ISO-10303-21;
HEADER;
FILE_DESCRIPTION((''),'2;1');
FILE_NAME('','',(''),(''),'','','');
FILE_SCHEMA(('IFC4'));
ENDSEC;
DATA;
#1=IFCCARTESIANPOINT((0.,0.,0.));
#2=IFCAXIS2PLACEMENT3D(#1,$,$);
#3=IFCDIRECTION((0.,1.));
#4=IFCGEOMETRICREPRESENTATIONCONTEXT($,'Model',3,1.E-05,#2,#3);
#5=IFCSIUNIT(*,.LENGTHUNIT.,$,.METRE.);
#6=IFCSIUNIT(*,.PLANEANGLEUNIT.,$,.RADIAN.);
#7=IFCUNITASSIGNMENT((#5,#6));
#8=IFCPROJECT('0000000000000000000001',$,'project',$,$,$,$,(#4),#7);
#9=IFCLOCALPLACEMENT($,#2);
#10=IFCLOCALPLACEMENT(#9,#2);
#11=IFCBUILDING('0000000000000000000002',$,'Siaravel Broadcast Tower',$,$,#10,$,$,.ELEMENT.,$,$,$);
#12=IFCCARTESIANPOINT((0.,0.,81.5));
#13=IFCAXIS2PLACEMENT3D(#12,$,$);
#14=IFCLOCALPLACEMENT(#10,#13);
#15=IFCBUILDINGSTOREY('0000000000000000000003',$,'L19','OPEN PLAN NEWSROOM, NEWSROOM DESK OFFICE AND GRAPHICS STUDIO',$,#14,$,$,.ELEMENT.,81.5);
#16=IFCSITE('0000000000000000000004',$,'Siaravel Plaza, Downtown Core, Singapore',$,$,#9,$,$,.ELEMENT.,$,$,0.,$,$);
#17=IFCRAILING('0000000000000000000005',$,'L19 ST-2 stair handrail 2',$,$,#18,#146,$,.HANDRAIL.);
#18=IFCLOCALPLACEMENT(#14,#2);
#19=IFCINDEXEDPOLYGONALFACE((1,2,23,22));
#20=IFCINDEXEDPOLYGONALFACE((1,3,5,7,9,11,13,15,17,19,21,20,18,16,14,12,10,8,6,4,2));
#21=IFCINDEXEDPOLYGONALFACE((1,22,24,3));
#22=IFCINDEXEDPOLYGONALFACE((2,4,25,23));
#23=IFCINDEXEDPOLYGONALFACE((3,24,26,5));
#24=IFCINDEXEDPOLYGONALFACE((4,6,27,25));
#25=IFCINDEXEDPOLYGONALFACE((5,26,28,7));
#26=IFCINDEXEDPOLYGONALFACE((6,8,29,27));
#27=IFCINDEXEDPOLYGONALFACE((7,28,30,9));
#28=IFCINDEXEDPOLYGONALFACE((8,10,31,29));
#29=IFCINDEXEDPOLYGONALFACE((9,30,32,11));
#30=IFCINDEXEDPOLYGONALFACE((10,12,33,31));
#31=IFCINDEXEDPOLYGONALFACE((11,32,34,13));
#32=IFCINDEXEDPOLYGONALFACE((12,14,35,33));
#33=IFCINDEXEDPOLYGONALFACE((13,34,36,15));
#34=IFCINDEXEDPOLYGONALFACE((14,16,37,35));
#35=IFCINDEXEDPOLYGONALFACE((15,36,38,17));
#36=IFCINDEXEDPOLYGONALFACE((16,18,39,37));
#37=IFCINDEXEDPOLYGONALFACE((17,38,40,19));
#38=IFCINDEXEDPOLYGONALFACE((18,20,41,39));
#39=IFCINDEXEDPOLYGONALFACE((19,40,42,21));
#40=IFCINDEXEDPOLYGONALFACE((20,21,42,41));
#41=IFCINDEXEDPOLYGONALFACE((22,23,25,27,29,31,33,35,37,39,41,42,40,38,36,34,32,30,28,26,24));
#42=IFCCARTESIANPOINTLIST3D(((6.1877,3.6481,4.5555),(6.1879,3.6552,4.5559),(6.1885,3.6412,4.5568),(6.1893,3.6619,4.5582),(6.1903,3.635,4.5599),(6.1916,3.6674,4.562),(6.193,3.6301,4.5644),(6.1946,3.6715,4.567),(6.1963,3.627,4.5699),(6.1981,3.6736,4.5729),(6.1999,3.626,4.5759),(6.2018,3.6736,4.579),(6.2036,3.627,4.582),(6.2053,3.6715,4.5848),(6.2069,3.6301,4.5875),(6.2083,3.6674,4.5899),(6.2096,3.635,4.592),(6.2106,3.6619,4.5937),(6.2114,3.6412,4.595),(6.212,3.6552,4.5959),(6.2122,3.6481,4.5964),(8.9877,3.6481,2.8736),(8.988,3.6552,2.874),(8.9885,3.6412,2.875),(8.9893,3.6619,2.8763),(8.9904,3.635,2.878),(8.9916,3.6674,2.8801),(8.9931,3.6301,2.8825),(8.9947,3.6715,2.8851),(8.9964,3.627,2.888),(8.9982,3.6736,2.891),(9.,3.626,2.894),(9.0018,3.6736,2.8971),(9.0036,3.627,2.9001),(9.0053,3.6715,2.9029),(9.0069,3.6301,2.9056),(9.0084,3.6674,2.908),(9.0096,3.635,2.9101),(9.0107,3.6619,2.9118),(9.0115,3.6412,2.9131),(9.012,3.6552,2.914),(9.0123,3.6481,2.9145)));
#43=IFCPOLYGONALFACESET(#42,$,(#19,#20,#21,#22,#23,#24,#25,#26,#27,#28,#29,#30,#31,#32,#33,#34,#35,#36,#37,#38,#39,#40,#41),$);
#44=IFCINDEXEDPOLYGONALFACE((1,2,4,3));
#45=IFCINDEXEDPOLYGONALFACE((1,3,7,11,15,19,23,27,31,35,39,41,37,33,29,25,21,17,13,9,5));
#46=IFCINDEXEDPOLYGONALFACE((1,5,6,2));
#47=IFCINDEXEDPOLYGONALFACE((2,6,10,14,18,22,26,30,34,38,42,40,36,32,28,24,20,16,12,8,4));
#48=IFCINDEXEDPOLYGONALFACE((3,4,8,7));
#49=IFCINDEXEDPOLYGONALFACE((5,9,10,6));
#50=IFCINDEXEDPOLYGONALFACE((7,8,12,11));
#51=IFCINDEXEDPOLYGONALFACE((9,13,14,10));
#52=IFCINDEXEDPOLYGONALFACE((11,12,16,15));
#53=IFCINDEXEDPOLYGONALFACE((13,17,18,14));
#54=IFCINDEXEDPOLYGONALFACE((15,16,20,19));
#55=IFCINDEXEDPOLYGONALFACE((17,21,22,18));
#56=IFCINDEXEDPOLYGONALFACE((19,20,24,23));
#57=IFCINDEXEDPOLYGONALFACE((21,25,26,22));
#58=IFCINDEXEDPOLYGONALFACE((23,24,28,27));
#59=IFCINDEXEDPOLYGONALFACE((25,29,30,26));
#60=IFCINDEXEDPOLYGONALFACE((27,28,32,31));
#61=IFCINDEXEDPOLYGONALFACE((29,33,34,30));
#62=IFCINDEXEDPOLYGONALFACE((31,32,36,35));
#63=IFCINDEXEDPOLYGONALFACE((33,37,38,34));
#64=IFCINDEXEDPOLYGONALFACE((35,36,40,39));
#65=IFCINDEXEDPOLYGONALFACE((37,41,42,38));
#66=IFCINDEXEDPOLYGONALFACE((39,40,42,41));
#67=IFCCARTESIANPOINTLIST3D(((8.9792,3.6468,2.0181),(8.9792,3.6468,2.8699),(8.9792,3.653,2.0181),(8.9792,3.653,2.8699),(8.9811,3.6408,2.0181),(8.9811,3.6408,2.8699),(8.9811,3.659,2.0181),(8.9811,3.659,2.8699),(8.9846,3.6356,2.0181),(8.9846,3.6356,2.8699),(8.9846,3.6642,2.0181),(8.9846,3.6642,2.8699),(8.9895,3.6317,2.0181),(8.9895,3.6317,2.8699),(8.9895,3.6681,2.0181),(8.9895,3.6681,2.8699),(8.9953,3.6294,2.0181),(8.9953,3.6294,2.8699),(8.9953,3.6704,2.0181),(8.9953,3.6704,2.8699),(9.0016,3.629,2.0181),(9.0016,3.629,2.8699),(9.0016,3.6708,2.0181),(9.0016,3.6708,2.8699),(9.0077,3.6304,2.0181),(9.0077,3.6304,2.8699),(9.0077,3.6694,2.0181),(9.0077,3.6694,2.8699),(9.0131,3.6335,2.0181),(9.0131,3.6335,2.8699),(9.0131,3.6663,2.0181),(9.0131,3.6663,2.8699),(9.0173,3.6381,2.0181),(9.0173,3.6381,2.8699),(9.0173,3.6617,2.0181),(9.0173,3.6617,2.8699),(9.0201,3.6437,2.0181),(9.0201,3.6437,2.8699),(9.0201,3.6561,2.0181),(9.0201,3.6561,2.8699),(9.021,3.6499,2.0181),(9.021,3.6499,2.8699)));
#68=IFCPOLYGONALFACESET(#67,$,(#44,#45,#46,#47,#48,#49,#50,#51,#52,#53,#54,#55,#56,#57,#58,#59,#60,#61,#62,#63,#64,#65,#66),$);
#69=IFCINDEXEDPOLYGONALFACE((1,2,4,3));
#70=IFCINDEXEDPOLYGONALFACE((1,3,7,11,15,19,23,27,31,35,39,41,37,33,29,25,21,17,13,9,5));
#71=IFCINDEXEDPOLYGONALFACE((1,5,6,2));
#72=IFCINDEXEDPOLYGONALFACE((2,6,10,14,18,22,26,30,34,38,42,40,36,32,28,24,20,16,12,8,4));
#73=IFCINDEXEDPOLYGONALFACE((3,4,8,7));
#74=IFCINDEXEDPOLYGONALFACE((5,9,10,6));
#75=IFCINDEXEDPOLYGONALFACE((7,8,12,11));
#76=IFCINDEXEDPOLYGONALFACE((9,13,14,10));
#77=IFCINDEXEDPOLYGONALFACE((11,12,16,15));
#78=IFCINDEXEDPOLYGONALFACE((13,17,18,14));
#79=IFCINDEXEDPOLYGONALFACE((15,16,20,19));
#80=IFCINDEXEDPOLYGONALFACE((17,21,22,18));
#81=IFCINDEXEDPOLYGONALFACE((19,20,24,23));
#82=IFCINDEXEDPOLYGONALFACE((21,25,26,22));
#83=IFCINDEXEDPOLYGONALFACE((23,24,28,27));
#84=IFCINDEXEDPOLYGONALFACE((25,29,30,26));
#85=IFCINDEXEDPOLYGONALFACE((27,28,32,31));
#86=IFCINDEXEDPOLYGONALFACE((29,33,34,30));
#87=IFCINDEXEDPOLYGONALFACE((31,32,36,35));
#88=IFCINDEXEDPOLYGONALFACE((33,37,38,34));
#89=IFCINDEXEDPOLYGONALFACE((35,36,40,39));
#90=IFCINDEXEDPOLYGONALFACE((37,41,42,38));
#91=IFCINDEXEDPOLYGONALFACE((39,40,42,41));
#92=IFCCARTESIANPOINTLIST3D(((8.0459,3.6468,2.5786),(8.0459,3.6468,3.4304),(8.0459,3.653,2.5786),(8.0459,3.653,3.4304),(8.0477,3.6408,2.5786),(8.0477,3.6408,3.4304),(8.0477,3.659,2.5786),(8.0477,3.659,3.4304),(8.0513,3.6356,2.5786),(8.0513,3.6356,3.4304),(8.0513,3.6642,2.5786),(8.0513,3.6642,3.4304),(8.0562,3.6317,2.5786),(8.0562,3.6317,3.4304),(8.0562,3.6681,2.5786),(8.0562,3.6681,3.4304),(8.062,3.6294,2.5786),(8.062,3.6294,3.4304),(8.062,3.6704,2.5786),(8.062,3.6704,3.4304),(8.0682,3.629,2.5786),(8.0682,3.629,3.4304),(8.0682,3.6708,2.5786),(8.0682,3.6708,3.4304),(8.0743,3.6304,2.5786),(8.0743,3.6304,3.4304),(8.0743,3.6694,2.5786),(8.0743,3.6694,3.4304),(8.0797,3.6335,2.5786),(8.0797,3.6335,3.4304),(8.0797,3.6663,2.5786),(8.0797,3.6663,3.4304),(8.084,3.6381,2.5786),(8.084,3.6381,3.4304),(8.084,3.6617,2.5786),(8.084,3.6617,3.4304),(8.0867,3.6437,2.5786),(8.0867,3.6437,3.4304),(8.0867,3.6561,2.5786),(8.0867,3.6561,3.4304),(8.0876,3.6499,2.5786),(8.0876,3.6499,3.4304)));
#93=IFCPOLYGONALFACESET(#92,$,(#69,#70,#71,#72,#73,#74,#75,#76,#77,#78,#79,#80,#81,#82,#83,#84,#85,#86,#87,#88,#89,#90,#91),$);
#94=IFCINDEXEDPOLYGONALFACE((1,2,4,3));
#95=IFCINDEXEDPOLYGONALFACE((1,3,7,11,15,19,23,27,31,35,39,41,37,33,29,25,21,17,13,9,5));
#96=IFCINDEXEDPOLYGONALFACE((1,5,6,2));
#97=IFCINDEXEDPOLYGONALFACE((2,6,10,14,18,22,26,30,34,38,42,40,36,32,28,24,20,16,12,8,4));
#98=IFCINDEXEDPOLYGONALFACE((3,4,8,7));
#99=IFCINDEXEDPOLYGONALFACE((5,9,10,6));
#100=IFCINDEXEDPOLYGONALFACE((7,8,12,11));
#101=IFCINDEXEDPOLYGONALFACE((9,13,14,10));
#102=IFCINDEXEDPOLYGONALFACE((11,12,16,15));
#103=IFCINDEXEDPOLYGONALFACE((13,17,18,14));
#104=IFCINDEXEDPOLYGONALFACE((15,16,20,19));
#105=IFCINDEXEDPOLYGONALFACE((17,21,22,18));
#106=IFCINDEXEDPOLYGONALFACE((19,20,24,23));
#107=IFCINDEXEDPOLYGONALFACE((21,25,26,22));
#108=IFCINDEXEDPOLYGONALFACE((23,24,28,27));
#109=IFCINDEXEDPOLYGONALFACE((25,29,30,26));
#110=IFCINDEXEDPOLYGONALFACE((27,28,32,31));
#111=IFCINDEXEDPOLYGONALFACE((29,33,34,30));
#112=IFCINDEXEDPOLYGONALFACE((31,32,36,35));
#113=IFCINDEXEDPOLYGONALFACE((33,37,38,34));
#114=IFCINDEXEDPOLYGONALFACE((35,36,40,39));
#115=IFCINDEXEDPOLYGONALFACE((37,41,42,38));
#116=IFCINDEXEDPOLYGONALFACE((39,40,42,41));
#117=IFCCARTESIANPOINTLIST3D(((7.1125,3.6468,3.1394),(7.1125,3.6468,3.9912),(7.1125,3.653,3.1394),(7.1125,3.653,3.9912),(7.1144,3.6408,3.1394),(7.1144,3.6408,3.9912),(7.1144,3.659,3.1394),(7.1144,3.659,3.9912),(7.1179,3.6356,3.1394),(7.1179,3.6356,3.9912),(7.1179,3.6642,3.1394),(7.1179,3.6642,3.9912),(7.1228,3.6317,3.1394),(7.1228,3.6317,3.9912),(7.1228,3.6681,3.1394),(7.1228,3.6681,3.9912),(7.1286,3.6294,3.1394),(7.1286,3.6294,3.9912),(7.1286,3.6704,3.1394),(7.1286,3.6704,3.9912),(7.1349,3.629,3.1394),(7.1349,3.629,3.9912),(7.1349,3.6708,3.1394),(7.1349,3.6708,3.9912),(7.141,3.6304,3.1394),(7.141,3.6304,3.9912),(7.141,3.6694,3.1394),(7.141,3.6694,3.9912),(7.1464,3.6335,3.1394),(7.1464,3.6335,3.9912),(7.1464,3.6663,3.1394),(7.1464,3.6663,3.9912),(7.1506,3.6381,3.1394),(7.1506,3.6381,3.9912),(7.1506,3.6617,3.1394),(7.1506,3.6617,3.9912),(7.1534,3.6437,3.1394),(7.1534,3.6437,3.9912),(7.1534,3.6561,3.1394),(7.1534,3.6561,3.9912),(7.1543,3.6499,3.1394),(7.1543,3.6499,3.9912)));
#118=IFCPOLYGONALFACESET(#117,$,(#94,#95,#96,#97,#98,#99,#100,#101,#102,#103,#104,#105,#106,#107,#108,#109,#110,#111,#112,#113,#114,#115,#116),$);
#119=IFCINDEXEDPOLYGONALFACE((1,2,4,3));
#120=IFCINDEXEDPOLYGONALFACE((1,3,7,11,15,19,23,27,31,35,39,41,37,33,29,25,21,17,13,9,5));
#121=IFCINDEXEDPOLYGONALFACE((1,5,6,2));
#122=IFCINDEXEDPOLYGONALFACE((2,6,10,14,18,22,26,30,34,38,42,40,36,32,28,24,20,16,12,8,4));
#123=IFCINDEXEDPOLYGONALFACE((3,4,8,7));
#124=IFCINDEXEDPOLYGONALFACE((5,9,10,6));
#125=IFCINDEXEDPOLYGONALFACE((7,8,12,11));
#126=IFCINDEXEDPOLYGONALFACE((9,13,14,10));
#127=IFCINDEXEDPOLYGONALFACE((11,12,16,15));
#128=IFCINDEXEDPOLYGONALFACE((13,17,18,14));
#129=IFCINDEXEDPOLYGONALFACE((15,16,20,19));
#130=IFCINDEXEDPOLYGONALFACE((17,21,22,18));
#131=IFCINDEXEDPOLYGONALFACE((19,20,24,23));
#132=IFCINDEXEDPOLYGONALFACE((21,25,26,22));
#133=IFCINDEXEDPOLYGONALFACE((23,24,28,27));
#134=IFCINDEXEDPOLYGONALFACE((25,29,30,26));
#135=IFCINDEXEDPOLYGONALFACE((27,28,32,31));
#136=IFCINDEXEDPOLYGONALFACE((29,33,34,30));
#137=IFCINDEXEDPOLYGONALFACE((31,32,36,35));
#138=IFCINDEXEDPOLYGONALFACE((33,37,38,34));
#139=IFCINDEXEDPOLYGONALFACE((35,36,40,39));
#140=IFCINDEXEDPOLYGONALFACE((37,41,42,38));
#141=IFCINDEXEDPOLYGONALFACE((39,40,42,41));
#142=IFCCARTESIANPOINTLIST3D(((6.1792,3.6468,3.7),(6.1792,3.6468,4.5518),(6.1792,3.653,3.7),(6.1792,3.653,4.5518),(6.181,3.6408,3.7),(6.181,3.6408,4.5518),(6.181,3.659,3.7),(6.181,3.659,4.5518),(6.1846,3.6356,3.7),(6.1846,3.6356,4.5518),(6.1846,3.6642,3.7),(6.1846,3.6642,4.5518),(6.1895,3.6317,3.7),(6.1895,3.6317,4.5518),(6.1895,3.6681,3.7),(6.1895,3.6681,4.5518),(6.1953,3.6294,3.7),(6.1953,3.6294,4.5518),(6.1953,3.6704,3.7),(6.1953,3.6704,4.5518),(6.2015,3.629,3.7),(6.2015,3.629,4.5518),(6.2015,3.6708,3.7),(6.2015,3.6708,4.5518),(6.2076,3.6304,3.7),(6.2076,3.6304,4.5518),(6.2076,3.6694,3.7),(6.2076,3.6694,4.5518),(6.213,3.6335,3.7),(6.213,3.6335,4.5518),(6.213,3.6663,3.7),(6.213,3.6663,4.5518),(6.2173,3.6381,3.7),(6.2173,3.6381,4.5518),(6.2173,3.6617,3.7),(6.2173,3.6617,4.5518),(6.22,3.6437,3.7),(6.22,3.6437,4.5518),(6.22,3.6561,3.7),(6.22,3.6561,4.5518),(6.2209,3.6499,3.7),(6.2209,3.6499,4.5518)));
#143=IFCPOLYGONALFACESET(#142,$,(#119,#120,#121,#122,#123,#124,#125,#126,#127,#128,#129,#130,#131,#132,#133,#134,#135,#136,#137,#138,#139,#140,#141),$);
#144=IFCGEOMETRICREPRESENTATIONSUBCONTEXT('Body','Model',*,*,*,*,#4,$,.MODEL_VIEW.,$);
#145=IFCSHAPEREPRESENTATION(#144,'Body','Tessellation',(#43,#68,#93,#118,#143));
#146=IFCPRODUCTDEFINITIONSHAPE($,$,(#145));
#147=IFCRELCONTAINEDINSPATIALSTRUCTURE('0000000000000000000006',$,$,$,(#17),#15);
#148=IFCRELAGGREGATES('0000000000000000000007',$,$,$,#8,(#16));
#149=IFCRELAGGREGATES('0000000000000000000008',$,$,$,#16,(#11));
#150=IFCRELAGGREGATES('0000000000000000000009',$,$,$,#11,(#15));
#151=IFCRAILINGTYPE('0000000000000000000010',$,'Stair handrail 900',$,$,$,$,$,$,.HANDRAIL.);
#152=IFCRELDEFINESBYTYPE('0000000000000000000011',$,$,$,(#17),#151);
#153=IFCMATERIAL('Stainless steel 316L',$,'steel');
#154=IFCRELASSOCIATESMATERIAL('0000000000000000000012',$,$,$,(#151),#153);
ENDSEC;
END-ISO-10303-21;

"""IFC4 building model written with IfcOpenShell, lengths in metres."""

from ifc_helpers import new_model, si_unit, direction, frame, origin, origin_2d, place, context, subcontext, project, spatial, circle, extrude, material, type_object, element, save


model = new_model("IFC4")

# Units and contexts
model_context = context("Model", 3, precision=1e-05, world=origin(), true_north=direction((0.0, 1.0)))
body_context = subcontext(model_context, "Body", "Model", "MODEL_VIEW")
ifc_project = project(units=[si_unit("LENGTHUNIT", "METRE"), si_unit("PLANEANGLEUNIT", "RADIAN")], contexts=[model_context])

# Site, building, storey
site_placement = place(None, origin())
site = spatial("IfcSite", under=ifc_project, at=site_placement, Name="Siaravel Plaza, Downtown Core, Singapore", CompositionType="ELEMENT", RefElevation=0.0)
building_placement = place(site_placement, origin())
building = spatial("IfcBuilding", under=site, at=building_placement, Name="Siaravel Broadcast Tower", CompositionType="ELEMENT")
storey_placement = place(building_placement, frame((0.0, 0.0, 81.5)))
storey = spatial("IfcBuildingStorey", under=building, at=storey_placement, Name="L19", Description="OPEN PLAN NEWSROOM, NEWSROOM DESK OFFICE AND GRAPHICS STUDIO", CompositionType="ELEMENT", Elevation=81.5)

# Railing
ifc_material_1 = material(Name="Stainless steel 316L", Category="steel")
railing_type_1 = type_object("IfcRailingType", Name="Stair handrail 900", PredefinedType="HANDRAIL", material=ifc_material_1)
railing_1_placement = place(storey_placement, frame((9.0, 3.6499, 2.0181)))
element("IfcRailing", 1, at=railing_1_placement, inside=storey, type_object=railing_type_1, Name="L19 ST-2 stair handrail 2", PredefinedType="HANDRAIL", context=body_context, shape_type="SweptSolid", body=[
    extrude(circle(Radius=0.0239, at=origin_2d()), frame((0.0, 0.0, 0.876), z_axis=(-0.857242, 0.0, 0.514913), x_axis=(0.0, -1.0, 0.0)), (0.0, 0.0, 1.0), 3.2664),
    extrude(circle(Radius=0.021, at=origin_2d()), origin(), (0.0, 0.0, 1.0), 0.8518),
    extrude(circle(Radius=0.021, at=origin_2d()), frame((-0.9333, 0.0, 0.5605)), (0.0, 0.0, 1.0), 0.8518),
    extrude(circle(Radius=0.021, at=origin_2d()), frame((-1.8667, 0.0, 1.1213)), (0.0, 0.0, 1.0), 0.8518),
    extrude(circle(Radius=0.021, at=origin_2d()), frame((-2.8, 0.0, 1.6819)), (0.0, 0.0, 1.0), 0.8518),
])

save(model, "model.ifc")
